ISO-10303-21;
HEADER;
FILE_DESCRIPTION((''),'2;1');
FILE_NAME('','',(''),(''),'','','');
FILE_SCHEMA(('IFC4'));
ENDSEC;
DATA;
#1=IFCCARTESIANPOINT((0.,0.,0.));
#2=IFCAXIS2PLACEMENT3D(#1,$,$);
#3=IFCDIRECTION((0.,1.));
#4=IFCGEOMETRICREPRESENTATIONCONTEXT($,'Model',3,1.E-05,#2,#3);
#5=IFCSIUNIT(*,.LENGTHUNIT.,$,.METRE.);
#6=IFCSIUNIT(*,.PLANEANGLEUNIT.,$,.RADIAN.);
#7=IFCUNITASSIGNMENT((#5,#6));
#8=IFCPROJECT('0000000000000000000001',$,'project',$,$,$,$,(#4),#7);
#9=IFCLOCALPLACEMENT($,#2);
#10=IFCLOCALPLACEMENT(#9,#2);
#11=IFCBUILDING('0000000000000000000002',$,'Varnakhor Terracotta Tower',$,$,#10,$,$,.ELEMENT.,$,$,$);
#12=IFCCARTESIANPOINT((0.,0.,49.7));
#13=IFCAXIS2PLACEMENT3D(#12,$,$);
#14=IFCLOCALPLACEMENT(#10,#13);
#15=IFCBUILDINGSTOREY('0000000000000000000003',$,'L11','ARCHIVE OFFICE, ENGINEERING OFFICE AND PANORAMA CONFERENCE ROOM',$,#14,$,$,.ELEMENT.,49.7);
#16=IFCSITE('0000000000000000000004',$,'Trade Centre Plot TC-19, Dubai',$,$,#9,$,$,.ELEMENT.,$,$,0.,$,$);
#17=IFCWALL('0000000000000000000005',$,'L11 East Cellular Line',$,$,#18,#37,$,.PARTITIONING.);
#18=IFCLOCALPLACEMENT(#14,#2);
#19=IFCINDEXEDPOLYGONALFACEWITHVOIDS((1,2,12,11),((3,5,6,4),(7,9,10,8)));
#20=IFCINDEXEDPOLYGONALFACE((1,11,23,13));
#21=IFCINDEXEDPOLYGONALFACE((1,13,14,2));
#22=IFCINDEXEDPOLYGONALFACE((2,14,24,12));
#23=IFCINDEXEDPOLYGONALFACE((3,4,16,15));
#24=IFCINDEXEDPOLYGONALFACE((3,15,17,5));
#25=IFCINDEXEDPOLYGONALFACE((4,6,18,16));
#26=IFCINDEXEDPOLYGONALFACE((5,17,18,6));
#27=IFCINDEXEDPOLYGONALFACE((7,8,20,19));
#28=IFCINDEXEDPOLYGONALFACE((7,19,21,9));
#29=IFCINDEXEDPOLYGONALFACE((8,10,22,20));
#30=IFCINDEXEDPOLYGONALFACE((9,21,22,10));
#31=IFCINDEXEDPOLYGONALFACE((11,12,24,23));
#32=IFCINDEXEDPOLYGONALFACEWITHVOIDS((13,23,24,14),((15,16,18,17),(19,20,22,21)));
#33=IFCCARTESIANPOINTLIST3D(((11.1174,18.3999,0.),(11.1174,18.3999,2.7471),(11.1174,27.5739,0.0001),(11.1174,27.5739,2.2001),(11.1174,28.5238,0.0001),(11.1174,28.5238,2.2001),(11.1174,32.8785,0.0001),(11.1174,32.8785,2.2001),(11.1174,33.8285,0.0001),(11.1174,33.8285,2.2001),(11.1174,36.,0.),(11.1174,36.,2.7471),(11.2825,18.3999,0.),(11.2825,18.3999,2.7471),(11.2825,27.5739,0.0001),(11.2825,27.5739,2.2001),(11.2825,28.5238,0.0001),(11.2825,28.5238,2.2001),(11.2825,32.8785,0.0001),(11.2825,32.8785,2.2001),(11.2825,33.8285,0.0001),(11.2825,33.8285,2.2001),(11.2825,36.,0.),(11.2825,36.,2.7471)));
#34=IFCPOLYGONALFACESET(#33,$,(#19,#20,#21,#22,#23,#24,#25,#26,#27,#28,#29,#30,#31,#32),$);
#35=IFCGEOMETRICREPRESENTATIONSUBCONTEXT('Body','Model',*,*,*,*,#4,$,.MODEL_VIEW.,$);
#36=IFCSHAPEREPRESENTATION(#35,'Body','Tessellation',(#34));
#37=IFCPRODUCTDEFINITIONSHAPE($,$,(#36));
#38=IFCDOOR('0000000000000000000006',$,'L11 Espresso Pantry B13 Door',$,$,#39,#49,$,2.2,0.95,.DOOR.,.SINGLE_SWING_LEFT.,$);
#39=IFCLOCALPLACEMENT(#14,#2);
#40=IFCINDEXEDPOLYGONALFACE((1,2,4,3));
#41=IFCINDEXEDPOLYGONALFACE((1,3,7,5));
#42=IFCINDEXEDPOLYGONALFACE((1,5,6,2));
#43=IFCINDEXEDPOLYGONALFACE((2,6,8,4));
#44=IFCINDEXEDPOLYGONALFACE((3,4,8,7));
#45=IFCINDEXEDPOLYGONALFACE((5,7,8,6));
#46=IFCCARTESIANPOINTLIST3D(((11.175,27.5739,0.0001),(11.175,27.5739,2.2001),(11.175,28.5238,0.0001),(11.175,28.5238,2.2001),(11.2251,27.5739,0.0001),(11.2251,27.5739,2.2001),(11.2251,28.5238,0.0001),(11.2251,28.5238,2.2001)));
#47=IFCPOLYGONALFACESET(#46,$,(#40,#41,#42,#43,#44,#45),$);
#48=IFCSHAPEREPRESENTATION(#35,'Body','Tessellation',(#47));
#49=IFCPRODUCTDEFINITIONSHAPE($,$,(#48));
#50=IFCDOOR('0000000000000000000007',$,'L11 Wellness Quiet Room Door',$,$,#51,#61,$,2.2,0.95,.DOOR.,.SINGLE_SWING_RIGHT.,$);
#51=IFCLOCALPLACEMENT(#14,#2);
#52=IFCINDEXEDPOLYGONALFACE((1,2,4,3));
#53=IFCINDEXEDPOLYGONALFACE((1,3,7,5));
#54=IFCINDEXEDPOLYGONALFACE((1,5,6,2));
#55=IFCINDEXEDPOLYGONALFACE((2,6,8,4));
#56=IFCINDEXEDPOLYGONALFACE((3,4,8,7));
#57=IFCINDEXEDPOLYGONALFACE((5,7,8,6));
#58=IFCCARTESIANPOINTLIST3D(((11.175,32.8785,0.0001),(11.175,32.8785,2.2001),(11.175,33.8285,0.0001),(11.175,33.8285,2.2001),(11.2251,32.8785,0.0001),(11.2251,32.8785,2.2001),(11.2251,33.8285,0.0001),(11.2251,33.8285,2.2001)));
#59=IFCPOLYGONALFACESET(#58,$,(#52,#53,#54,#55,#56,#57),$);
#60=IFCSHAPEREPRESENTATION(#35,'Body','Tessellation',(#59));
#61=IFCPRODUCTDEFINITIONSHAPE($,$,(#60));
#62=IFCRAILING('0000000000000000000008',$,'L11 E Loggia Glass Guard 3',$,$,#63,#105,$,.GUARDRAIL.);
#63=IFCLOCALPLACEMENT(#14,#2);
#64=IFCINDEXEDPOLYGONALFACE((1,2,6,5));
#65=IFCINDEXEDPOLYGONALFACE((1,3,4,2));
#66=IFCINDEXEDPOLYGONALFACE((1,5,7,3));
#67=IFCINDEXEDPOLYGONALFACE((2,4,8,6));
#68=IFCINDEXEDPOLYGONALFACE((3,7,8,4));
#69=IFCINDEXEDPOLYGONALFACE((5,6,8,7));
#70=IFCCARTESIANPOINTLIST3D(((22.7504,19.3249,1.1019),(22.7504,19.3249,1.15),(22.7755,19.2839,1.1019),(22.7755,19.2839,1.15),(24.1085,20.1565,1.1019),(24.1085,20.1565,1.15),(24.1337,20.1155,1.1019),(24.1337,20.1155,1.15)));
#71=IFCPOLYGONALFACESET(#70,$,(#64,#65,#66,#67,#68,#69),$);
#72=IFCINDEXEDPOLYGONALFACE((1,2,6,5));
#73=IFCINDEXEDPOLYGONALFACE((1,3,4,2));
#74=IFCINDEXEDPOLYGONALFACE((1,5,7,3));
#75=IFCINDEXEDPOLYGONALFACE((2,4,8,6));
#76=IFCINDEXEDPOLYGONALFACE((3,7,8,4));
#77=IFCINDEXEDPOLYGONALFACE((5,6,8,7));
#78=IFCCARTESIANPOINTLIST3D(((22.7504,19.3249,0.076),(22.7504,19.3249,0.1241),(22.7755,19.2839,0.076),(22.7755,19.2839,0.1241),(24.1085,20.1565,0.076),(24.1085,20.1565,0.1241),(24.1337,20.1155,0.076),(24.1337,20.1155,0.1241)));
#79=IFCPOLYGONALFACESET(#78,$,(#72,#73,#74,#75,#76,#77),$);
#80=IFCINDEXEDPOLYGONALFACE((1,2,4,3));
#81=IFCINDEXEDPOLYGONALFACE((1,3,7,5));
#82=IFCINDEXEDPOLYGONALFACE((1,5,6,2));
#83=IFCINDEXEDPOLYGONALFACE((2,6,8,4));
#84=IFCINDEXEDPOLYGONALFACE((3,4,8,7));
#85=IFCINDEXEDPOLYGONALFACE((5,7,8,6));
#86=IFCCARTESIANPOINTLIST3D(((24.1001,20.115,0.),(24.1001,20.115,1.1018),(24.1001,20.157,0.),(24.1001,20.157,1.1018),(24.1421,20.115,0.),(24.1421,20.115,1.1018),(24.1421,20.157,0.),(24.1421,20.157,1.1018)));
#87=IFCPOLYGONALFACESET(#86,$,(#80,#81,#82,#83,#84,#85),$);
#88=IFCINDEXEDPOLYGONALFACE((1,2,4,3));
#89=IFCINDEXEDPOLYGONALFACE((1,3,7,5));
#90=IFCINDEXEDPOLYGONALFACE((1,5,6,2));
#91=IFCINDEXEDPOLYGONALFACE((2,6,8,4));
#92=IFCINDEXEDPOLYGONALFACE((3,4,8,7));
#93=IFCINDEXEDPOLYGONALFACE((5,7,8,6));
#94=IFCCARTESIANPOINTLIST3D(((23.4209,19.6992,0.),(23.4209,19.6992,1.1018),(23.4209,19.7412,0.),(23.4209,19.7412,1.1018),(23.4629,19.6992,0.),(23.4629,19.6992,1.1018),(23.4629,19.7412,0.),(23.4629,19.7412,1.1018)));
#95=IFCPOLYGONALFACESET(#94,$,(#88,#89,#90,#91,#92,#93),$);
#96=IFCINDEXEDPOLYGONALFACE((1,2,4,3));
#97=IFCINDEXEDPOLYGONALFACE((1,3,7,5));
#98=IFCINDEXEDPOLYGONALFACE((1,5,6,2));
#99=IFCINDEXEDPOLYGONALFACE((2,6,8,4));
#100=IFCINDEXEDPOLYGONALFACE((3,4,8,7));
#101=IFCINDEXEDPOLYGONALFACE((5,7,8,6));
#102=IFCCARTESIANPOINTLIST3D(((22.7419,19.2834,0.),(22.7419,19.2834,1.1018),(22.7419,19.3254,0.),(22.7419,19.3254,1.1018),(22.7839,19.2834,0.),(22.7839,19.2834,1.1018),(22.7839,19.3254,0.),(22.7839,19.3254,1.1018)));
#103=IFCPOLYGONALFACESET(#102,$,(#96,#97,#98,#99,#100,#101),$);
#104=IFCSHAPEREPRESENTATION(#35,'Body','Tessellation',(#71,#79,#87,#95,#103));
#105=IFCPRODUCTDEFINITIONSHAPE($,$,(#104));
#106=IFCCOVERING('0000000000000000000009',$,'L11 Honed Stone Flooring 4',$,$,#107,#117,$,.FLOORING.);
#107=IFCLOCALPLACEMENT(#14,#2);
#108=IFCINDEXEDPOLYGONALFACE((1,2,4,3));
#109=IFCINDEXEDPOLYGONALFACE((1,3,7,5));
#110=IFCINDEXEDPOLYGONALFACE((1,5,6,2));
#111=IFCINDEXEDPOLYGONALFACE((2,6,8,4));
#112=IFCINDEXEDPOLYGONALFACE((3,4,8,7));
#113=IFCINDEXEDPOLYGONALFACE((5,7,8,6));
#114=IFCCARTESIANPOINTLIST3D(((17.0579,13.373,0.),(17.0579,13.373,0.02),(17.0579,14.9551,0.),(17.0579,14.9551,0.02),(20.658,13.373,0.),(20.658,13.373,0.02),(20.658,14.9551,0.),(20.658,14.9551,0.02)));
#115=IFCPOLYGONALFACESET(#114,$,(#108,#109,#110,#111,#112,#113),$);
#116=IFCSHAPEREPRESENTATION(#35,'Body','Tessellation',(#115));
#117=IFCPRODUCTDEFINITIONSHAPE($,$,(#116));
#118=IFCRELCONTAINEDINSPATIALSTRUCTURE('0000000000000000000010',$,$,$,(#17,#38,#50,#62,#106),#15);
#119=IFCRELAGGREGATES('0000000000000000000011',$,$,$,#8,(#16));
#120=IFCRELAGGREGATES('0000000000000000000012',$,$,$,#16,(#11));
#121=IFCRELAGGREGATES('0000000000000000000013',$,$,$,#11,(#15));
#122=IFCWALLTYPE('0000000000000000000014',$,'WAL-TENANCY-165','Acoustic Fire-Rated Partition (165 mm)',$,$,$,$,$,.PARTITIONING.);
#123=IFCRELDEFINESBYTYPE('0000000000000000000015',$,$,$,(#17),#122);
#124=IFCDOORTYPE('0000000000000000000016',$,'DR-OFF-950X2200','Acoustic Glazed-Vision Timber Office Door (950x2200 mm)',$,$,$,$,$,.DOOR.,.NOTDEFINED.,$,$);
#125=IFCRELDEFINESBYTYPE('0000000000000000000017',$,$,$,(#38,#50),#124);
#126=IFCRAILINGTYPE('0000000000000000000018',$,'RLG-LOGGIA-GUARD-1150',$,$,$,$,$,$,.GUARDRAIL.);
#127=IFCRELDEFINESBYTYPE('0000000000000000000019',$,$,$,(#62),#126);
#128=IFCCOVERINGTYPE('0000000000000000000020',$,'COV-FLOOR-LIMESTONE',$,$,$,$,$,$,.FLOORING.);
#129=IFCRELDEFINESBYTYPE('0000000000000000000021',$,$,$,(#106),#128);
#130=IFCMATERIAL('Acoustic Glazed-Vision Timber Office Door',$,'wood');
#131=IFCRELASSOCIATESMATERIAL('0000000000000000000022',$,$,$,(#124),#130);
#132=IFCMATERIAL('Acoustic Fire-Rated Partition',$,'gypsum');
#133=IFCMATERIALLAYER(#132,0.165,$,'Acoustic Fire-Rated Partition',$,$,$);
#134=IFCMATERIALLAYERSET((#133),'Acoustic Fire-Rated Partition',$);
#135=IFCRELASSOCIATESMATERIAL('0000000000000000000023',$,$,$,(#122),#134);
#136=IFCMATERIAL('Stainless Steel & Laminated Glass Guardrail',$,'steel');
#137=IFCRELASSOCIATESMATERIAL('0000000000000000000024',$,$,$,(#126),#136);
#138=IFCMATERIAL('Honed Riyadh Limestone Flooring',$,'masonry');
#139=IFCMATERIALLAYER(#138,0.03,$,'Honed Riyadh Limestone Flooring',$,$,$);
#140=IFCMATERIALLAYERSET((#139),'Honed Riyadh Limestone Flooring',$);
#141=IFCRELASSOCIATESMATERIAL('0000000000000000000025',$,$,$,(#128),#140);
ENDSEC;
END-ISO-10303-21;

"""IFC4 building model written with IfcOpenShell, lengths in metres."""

from ifc_helpers import new_model, si_unit, direction, frame, frame_2d, origin, origin_2d, place, context, subcontext, project, spatial, rectangle, extrude, source, transform, mapped, material, layer, layer_set, type_object, type_shapes, element, fill, save


model = new_model("IFC4")

# Units and contexts
model_context = context("Model", 3, precision=1e-05, world=origin(), true_north=direction((0.0, 1.0)))
body_context = subcontext(model_context, "Body", "Model", "MODEL_VIEW")
ifc_project = project(units=[si_unit("LENGTHUNIT", "METRE"), si_unit("PLANEANGLEUNIT", "RADIAN")], contexts=[model_context])

# Site, building, storey
site_placement = place(None, origin())
site = spatial("IfcSite", under=ifc_project, at=site_placement, Name="Trade Centre Plot TC-19, Dubai", CompositionType="ELEMENT", RefElevation=0.0)
building_placement = place(site_placement, origin())
building = spatial("IfcBuilding", under=site, at=building_placement, Name="Varnakhor Terracotta Tower", CompositionType="ELEMENT")
storey_placement = place(building_placement, frame((0.0, 0.0, 49.7)))
storey = spatial("IfcBuildingStorey", under=building, at=storey_placement, Name="L11", Description="ARCHIVE OFFICE, ENGINEERING OFFICE AND PANORAMA CONFERENCE ROOM", CompositionType="ELEMENT", Elevation=49.7)

# Shared definitions
ifc_material_1 = material(Name="Acoustic Glazed-Vision Timber Office Door", Category="wood")
door_type = type_object("IfcDoorType", Name="DR-OFF-950X2200", Description="Acoustic Glazed-Vision Timber Office Door (950x2200 mm)", OperationType="NOTDEFINED", PredefinedType="DOOR", material=ifc_material_1)
shared_shape_1 = source(origin(), body_context, "Body", "SweptSolid", [
    extrude(rectangle(XDim=0.95, YDim=2.2, at=frame_2d((0.4751, 1.1001))), frame((0.0, 0.0249, 0.0), z_axis=(0.0, -1.0, 0.0), x_axis=(1.0, 0.0, 0.0)), (0.0, 0.0, 1.0), 0.05),
])
type_shapes(door_type, [shared_shape_1])

# Wall, openings, doors
ifc_material_2 = material(Name="Acoustic Fire-Rated Partition", Category="gypsum")
ifc_layer_1 = layer(ifc_material_2, 0.165, Name="Acoustic Fire-Rated Partition")
ifc_layer_set_1 = layer_set([ifc_layer_1], Name="Acoustic Fire-Rated Partition")
wall_type_1 = type_object("IfcWallType", Name="WAL-TENANCY-165", Description="Acoustic Fire-Rated Partition (165 mm)", PredefinedType="PARTITIONING", material=ifc_layer_set_1)
wall_1_placement = place(storey_placement, frame((11.2, 18.3999, 0.0), z_axis=(0.0, 0.0, 1.0), x_axis=(0.0, 1.0, 0.0)))
wall_1 = element("IfcWall", 1, at=wall_1_placement, inside=storey, type_object=wall_type_1, Name="L11 East Cellular Line", PredefinedType="PARTITIONING", context=body_context, shape_type="SweptSolid", body=[
    extrude(rectangle(XDim=17.6001, YDim=0.165, at=frame_2d((8.8, 0.0))), origin(), (0.0, 0.0, 1.0), 2.7471),
])
opening_1_placement = place(wall_1_placement, frame((9.1738, 0.0, 0.0)))
opening_1 = element("IfcOpeningElement", 2, at=opening_1_placement, cuts=wall_1, PredefinedType="OPENING", context=body_context, shape_type="SweptSolid", body=[
    extrude(rectangle(XDim=0.95, YDim=2.2, at=frame_2d((0.4751, 1.1001))), frame((0.0, 0.0925, 0.0), z_axis=(0.0, -1.0, 0.0), x_axis=(1.0, 0.0, 0.0)), (0.0, 0.0, 1.0), 0.1851),
])
opening_2_placement = place(wall_1_placement, frame((14.4785, 0.0, 0.0)))
opening_2 = element("IfcOpeningElement", 3, at=opening_2_placement, cuts=wall_1, PredefinedType="OPENING", context=body_context, shape_type="SweptSolid", body=[
    extrude(rectangle(XDim=0.95, YDim=2.2, at=frame_2d((0.4751, 1.1001))), frame((0.0, 0.0925, 0.0), z_axis=(0.0, -1.0, 0.0), x_axis=(1.0, 0.0, 0.0)), (0.0, 0.0, 1.0), 0.1851),
])
door_1_placement = place(opening_1_placement, origin())
door_1 = element("IfcDoor", 4, at=door_1_placement, inside=storey, type_object=door_type, Name="L11 Espresso Pantry B13 Door", OperationType="SINGLE_SWING_LEFT", OverallHeight=2.2, OverallWidth=0.95, PredefinedType="DOOR", context=body_context, shape_type="MappedRepresentation", body=[
    mapped(shared_shape_1, transform((0.0, 0.0, 0.0), scale=1.0)),
])
fill(opening_1, door_1)
door_2_placement = place(opening_2_placement, origin())
door_2 = element("IfcDoor", 5, at=door_2_placement, inside=storey, type_object=door_type, Name="L11 Wellness Quiet Room Door", OperationType="SINGLE_SWING_RIGHT", OverallHeight=2.2, OverallWidth=0.95, PredefinedType="DOOR", context=body_context, shape_type="MappedRepresentation", body=[
    mapped(shared_shape_1, transform((0.0, 0.0, 0.0), scale=1.0)),
])
fill(opening_2, door_2)

# Railing
ifc_material_3 = material(Name="Stainless Steel & Laminated Glass Guardrail", Category="steel")
railing_type = type_object("IfcRailingType", Name="RLG-LOGGIA-GUARD-1150", PredefinedType="GUARDRAIL", material=ifc_material_3)
railing_placement = place(storey_placement, frame((24.1211, 20.136, 0.0)))
element("IfcRailing", 6, at=railing_placement, inside=storey, type_object=railing_type, Name="L11 E Loggia Glass Guard 3", PredefinedType="GUARDRAIL", context=body_context, shape_type="SweptSolid", body=[
    extrude(rectangle(XDim=0.0481, YDim=0.0481, at=origin_2d()), frame((0.0, 0.0, 1.126), z_axis=(-0.852846, -0.522163, 0.0), x_axis=(0.522163, -0.852846, 0.0)), (0.0, 0.0, 1.0), 1.5925),
    extrude(rectangle(XDim=0.0481, YDim=0.0481, at=origin_2d()), frame((0.0, 0.0, 0.1001), z_axis=(-0.852846, -0.522163, 0.0), x_axis=(0.522163, -0.852846, 0.0)), (0.0, 0.0, 1.0), 1.5925),
    extrude(rectangle(XDim=0.042, YDim=0.042, at=origin_2d()), origin(), (0.0, 0.0, 1.0), 1.1018),
    extrude(rectangle(XDim=0.042, YDim=0.042, at=origin_2d()), frame((-0.6792, -0.4158, 0.0)), (0.0, 0.0, 1.0), 1.1018),
    extrude(rectangle(XDim=0.042, YDim=0.042, at=origin_2d()), frame((-1.3582, -0.8315, 0.0)), (0.0, 0.0, 1.0), 1.1018),
])

# Covering
ifc_material_4 = material(Name="Honed Riyadh Limestone Flooring", Category="masonry")
ifc_layer_2 = layer(ifc_material_4, 0.03, Name="Honed Riyadh Limestone Flooring")
ifc_layer_set_2 = layer_set([ifc_layer_2], Name="Honed Riyadh Limestone Flooring")
covering_type = type_object("IfcCoveringType", Name="COV-FLOOR-LIMESTONE", PredefinedType="FLOORING", material=ifc_layer_set_2)
shared_shape_2 = source(origin(), body_context, "Body", "SweptSolid", [
    extrude(rectangle(XDim=3.6001, YDim=1.582, at=origin_2d()), origin(), (0.0, 0.0, 1.0), 0.02),
])
covering_placement = place(storey_placement, frame((18.8579, 14.1641, 0.0), z_axis=(0.0, 0.0, 1.0), x_axis=(1.0, 0.0, 0.0)))
element("IfcCovering", 7, at=covering_placement, inside=storey, type_object=covering_type, Name="L11 Honed Stone Flooring 4", PredefinedType="FLOORING", context=body_context, shape_type="MappedRepresentation", body=[
    mapped(shared_shape_2, transform((0.0, 0.0, 0.0), scale=1.0)),
])

save(model, "model.ifc")
